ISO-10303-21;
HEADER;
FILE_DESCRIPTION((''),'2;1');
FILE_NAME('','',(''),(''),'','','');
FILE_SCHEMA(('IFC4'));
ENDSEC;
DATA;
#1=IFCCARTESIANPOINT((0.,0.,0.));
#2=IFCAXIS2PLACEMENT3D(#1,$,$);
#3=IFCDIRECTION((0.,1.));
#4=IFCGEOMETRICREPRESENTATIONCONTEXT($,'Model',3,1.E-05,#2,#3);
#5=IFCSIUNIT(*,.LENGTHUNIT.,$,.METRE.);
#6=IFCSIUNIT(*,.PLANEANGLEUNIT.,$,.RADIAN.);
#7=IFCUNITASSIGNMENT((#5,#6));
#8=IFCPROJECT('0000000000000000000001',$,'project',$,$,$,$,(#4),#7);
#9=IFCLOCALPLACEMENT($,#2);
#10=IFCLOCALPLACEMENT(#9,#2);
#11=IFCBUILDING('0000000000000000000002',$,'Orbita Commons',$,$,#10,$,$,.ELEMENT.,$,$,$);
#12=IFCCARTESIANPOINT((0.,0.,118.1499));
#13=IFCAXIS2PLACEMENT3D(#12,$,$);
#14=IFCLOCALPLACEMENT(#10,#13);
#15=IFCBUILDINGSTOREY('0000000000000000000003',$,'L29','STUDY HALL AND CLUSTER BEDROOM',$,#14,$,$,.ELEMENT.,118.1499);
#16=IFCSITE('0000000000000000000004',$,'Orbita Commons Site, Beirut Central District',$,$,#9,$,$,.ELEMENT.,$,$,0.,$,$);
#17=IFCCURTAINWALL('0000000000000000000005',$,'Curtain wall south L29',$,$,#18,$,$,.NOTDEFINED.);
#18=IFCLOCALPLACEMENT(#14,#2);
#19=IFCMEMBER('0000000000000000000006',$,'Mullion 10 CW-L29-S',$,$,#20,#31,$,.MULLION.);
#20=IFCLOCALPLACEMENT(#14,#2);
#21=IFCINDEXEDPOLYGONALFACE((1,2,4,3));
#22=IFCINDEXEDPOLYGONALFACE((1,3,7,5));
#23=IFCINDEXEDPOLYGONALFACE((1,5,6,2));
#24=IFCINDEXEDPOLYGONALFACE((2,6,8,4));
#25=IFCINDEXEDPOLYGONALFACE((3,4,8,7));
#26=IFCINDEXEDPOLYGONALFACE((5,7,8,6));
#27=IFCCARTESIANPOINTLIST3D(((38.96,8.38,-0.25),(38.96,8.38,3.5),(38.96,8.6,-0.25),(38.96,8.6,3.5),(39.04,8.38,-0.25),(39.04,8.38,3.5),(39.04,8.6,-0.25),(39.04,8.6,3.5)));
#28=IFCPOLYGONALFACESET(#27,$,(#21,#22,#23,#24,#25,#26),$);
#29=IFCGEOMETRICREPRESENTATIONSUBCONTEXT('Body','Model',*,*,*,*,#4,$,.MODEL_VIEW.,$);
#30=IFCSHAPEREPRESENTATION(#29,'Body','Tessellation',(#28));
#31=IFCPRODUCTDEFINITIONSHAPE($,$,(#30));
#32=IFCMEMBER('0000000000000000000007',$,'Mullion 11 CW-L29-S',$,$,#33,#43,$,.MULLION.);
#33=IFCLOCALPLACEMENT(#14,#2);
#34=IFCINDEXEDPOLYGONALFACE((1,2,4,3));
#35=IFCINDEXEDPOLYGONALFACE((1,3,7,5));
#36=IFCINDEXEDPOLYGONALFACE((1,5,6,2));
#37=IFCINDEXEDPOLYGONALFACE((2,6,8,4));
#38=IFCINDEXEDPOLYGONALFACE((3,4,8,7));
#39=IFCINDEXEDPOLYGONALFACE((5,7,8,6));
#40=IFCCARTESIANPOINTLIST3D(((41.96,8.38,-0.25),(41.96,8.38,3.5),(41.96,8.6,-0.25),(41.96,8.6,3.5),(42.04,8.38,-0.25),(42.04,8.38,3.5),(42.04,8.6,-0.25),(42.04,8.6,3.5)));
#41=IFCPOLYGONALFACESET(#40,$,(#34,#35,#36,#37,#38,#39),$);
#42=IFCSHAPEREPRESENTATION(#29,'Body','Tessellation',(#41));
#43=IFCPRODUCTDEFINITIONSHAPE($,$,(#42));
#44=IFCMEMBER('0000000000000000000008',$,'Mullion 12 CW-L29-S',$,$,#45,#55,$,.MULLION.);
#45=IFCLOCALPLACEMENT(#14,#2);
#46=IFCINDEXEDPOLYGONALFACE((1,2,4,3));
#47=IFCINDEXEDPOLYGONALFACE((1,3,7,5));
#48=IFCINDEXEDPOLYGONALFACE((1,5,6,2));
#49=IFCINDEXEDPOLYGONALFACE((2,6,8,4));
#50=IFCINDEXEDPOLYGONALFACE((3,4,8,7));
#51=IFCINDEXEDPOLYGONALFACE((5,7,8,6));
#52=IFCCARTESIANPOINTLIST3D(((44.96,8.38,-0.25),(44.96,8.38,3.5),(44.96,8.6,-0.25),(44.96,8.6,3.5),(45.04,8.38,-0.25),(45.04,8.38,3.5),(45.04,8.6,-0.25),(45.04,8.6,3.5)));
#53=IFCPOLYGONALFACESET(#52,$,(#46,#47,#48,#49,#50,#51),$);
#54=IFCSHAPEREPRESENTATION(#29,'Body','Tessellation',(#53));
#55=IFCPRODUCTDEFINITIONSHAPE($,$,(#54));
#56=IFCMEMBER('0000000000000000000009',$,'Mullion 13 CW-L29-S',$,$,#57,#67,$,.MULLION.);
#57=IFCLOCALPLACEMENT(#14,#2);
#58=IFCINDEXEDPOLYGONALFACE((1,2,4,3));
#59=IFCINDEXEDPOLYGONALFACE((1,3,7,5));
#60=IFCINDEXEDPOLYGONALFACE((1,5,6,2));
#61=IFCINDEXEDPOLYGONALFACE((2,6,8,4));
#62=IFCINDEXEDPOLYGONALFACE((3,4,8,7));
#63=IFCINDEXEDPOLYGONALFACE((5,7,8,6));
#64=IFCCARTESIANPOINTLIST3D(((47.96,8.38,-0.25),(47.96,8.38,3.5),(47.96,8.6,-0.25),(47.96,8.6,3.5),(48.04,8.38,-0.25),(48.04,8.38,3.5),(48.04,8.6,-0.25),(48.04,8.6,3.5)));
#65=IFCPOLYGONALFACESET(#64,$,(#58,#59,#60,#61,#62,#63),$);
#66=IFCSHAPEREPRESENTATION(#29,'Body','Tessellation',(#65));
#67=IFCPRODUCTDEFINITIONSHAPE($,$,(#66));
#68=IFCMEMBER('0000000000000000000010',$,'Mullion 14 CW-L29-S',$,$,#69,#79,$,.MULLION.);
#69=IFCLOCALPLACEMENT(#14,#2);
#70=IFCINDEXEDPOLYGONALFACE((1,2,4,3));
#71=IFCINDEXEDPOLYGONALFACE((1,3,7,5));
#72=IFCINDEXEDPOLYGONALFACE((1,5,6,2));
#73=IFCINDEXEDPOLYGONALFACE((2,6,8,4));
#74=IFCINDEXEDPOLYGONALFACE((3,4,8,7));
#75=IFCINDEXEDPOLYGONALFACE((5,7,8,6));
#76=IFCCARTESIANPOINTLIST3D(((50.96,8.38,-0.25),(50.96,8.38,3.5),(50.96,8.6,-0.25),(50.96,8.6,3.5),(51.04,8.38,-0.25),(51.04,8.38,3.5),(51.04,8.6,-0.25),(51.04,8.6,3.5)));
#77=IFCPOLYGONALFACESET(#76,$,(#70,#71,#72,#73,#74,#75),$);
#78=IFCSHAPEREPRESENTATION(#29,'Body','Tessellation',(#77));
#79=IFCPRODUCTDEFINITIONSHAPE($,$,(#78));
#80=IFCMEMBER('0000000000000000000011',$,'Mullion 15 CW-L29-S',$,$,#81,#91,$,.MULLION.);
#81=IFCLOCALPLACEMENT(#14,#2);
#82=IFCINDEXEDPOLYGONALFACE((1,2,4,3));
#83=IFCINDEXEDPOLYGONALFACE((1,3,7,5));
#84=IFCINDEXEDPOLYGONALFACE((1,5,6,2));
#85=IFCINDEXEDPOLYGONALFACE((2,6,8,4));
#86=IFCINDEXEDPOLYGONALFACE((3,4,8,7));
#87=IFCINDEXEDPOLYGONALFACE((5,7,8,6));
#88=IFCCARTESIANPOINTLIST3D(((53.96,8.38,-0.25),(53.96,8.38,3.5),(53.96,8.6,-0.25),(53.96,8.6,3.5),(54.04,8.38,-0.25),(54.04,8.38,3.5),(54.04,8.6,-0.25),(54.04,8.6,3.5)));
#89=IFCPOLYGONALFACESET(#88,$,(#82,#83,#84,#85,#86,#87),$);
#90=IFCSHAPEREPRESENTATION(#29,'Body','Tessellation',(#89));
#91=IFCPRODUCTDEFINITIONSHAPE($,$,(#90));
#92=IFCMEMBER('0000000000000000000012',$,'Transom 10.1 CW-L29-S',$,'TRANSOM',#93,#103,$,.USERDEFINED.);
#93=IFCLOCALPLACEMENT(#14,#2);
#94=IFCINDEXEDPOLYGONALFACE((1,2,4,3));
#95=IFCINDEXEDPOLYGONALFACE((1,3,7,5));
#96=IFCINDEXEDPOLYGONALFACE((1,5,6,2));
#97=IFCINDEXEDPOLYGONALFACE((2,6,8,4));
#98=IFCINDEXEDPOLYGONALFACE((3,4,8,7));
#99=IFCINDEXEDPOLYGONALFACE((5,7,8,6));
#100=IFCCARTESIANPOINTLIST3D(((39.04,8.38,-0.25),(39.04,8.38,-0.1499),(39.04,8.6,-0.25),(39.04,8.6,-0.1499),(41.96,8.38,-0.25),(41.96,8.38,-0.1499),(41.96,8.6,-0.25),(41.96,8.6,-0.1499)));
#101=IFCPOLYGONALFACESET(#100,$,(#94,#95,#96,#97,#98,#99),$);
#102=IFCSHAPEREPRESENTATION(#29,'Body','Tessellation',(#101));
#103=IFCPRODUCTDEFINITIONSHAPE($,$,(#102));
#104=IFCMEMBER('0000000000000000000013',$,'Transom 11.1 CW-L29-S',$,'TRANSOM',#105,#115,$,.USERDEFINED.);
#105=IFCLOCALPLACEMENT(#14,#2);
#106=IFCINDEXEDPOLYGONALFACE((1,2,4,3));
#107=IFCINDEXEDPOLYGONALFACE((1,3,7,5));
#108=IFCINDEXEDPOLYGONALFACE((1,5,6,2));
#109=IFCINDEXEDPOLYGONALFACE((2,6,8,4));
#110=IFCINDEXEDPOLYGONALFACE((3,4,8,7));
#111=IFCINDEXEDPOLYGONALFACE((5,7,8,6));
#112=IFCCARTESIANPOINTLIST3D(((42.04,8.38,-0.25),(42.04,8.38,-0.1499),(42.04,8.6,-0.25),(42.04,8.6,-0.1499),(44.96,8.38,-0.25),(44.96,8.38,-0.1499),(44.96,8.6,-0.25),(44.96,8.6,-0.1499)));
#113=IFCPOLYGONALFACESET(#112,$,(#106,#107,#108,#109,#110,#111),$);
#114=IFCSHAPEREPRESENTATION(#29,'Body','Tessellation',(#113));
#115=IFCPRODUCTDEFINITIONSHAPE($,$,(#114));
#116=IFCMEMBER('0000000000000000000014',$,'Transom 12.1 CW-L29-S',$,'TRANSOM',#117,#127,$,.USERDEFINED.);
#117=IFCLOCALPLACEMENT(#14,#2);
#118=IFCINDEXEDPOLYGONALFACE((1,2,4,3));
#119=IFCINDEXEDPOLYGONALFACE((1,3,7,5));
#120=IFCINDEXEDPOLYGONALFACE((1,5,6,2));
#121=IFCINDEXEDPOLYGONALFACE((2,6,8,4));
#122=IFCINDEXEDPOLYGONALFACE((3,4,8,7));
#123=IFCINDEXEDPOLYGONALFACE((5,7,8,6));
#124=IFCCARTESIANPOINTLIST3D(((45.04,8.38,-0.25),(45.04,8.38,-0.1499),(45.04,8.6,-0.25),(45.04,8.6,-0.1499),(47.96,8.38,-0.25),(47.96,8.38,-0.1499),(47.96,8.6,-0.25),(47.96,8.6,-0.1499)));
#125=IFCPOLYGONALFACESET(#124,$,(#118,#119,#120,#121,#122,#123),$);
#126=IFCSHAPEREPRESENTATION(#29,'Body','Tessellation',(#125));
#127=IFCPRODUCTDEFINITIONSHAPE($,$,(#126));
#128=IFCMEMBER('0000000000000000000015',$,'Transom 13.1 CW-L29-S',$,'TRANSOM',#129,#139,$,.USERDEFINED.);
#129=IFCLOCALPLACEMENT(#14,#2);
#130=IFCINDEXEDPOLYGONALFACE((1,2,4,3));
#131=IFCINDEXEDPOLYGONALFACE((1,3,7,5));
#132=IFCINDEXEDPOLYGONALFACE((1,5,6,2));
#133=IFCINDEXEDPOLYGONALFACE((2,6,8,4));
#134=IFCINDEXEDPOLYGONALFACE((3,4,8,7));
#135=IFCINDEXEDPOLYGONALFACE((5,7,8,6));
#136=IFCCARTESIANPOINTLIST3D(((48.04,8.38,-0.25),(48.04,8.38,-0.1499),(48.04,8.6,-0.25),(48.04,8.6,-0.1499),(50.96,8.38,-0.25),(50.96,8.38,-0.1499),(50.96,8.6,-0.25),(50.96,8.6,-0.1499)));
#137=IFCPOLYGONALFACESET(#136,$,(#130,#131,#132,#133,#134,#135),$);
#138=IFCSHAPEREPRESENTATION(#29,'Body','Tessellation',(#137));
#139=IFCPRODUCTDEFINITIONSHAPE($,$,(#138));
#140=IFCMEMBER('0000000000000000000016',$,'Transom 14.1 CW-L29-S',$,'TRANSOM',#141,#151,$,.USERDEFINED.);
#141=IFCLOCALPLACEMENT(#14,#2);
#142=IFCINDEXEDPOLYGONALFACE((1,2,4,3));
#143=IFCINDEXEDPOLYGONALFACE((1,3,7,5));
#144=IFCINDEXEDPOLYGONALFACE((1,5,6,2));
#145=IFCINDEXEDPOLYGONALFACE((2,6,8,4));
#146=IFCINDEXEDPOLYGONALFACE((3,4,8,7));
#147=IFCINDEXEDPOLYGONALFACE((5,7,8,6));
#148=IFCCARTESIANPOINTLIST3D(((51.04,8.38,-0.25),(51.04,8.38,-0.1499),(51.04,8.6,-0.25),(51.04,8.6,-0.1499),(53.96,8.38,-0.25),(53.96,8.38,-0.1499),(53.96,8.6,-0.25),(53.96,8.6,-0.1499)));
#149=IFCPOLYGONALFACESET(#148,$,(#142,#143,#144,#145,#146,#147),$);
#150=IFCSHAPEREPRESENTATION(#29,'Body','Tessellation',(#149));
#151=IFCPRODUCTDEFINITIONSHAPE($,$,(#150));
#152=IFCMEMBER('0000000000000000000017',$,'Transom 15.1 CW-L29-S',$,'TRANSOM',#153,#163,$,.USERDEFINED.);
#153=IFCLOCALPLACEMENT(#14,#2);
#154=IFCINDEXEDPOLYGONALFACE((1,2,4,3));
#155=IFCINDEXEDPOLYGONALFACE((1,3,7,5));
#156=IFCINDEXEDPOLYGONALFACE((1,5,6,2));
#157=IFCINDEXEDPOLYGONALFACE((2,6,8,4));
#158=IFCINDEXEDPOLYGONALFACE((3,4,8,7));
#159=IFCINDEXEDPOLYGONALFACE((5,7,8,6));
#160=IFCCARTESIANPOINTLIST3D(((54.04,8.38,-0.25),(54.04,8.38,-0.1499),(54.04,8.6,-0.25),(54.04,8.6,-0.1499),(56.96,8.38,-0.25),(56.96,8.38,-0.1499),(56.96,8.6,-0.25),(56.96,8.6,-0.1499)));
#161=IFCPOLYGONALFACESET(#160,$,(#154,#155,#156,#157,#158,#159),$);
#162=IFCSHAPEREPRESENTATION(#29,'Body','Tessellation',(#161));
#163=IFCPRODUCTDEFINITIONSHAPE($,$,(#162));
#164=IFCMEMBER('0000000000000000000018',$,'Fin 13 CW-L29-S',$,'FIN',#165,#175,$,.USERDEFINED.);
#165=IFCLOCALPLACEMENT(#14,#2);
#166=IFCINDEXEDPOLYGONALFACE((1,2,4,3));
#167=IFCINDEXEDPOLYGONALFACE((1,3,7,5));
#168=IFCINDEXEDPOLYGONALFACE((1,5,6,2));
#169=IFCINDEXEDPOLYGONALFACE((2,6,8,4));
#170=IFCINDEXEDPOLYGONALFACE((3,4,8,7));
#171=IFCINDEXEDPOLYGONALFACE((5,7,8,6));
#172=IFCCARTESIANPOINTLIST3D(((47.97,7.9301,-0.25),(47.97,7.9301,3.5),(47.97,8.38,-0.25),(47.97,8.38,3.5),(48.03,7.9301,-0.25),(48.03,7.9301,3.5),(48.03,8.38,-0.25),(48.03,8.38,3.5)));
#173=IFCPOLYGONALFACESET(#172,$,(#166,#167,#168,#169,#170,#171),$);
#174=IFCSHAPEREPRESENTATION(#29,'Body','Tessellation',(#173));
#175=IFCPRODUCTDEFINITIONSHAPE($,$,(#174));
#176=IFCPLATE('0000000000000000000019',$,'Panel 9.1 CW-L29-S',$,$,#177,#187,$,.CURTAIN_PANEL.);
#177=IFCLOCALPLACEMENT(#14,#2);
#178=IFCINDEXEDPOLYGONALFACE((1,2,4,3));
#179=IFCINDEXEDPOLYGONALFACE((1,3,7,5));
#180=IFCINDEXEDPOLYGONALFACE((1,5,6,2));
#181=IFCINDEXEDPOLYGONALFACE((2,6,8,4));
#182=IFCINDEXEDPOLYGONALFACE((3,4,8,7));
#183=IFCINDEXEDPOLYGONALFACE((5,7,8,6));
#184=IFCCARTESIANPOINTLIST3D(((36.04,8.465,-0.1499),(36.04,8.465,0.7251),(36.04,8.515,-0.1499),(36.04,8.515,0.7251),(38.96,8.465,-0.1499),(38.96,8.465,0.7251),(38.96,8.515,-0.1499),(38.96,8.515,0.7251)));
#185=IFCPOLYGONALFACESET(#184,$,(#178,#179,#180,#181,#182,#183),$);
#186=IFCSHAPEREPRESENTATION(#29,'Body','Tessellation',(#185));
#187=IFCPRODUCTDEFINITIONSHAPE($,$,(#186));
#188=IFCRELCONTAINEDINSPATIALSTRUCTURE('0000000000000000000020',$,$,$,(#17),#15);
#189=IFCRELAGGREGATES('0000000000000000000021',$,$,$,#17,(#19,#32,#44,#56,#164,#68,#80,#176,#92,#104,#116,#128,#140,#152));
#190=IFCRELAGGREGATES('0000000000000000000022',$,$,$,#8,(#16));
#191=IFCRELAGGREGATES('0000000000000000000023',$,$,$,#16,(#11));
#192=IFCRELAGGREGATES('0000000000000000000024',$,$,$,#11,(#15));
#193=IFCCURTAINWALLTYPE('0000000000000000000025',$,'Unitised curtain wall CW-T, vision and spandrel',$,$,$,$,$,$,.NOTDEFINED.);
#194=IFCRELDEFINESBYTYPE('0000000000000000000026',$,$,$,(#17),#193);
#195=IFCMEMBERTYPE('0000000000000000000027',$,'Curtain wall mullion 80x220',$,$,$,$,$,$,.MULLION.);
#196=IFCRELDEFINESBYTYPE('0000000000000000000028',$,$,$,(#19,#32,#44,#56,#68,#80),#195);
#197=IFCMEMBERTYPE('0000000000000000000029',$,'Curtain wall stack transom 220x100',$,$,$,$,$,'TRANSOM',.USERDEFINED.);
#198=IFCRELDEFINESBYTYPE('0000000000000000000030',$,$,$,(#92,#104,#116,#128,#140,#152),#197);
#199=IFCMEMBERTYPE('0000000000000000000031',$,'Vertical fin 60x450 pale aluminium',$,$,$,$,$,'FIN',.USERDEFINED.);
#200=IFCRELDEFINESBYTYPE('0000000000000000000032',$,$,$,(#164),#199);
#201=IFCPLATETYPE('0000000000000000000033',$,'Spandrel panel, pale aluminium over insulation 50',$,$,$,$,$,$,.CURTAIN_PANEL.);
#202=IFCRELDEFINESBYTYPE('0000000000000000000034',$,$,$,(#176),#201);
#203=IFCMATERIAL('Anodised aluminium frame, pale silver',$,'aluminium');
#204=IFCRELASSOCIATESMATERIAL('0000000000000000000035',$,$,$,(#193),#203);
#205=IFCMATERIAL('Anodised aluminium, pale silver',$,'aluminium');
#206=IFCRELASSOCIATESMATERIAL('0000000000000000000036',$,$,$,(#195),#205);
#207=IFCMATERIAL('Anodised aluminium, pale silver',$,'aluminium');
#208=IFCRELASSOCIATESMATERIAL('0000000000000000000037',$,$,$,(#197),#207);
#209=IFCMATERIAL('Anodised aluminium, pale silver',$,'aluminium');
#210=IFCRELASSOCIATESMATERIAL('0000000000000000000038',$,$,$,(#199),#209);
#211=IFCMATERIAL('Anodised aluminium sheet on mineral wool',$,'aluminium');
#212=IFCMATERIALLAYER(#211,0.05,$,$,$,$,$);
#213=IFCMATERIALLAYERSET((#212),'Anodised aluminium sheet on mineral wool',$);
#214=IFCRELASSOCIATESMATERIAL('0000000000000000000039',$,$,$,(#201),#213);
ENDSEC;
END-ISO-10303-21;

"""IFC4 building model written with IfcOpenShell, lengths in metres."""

from ifc_helpers import new_model, si_unit, direction, frame, origin, origin_2d, place, context, subcontext, project, spatial, rectangle, extrude, material, layer, layer_set, material_profile, profile_set, type_object, element, aggregate, save


model = new_model("IFC4")

# Units and contexts
model_context = context("Model", 3, precision=1e-05, world=origin(), true_north=direction((0.0, 1.0)))
body_context = subcontext(model_context, "Body", "Model", "MODEL_VIEW")
ifc_project = project(units=[si_unit("LENGTHUNIT", "METRE"), si_unit("PLANEANGLEUNIT", "RADIAN")], contexts=[model_context])

# Site, building, storey
site_placement = place(None, origin())
site = spatial("IfcSite", under=ifc_project, at=site_placement, Name="Orbita Commons Site, Beirut Central District", CompositionType="ELEMENT", RefElevation=0.0)
building_placement = place(site_placement, origin())
building = spatial("IfcBuilding", under=site, at=building_placement, Name="Orbita Commons", CompositionType="ELEMENT")
storey_placement = place(building_placement, frame((0.0, 0.0, 118.1499)))
storey = spatial("IfcBuildingStorey", under=building, at=storey_placement, Name="L29", Description="STUDY HALL AND CLUSTER BEDROOM", CompositionType="ELEMENT", Elevation=118.1499)

# Curtain wall, members, plate
ifc_material_1 = material(Name="Anodised aluminium frame, pale silver", Category="aluminium")
curtain_wall_type = type_object("IfcCurtainWallType", Name="Unitised curtain wall CW-T, vision and spandrel", PredefinedType="NOTDEFINED", material=ifc_material_1)
curtain_wall_placement = place(storey_placement, origin())
curtain_wall = element("IfcCurtainWall", 1, at=curtain_wall_placement, inside=storey, type_object=curtain_wall_type, Name="Curtain wall south L29", PredefinedType="NOTDEFINED")
ifc_material_2 = material(Name="Anodised aluminium, pale silver", Category="aluminium")
ifc_material_profile_1 = material_profile(ifc_material_2, rectangle(XDim=0.0801, YDim=0.22, at=origin_2d()), Name="AL 80x220")
ifc_profile_set_1 = profile_set([ifc_material_profile_1], Name="Anodised aluminium, pale silver")
member_type_1 = type_object("IfcMemberType", Name="Curtain wall mullion 80x220", PredefinedType="MULLION", material=ifc_profile_set_1)
member_1_placement = place(storey_placement, frame((39.0, 8.49, -0.25), z_axis=(0.0, 0.0, 1.0), x_axis=(1.0, 0.0, 0.0)))
member_1 = element("IfcMember", 2, at=member_1_placement, type_object=member_type_1, Name="Mullion 10 CW-L29-S", PredefinedType="MULLION", context=body_context, shape_type="SweptSolid", body=[
    extrude(rectangle(XDim=0.0801, YDim=0.22, at=origin_2d()), origin(), (0.0, 0.0, 1.0), 3.75),
])
member_2_placement = place(storey_placement, frame((42.0, 8.49, -0.25), z_axis=(0.0, 0.0, 1.0), x_axis=(1.0, 0.0, 0.0)))
member_2 = element("IfcMember", 3, at=member_2_placement, type_object=member_type_1, Name="Mullion 11 CW-L29-S", PredefinedType="MULLION", context=body_context, shape_type="SweptSolid", body=[
    extrude(rectangle(XDim=0.0801, YDim=0.22, at=origin_2d()), origin(), (0.0, 0.0, 1.0), 3.75),
])
member_3_placement = place(storey_placement, frame((45.0, 8.49, -0.25), z_axis=(0.0, 0.0, 1.0), x_axis=(1.0, 0.0, 0.0)))
member_3 = element("IfcMember", 4, at=member_3_placement, type_object=member_type_1, Name="Mullion 12 CW-L29-S", PredefinedType="MULLION", context=body_context, shape_type="SweptSolid", body=[
    extrude(rectangle(XDim=0.0801, YDim=0.22, at=origin_2d()), origin(), (0.0, 0.0, 1.0), 3.75),
])
member_4_placement = place(storey_placement, frame((48.0, 8.49, -0.25), z_axis=(0.0, 0.0, 1.0), x_axis=(1.0, 0.0, 0.0)))
member_4 = element("IfcMember", 5, at=member_4_placement, type_object=member_type_1, Name="Mullion 13 CW-L29-S", PredefinedType="MULLION", context=body_context, shape_type="SweptSolid", body=[
    extrude(rectangle(XDim=0.0801, YDim=0.22, at=origin_2d()), origin(), (0.0, 0.0, 1.0), 3.75),
])
member_5_placement = place(storey_placement, frame((51.0, 8.49, -0.25), z_axis=(0.0, 0.0, 1.0), x_axis=(1.0, 0.0, 0.0)))
member_5 = element("IfcMember", 6, at=member_5_placement, type_object=member_type_1, Name="Mullion 14 CW-L29-S", PredefinedType="MULLION", context=body_context, shape_type="SweptSolid", body=[
    extrude(rectangle(XDim=0.0801, YDim=0.22, at=origin_2d()), origin(), (0.0, 0.0, 1.0), 3.75),
])
member_6_placement = place(storey_placement, frame((54.0, 8.49, -0.25), z_axis=(0.0, 0.0, 1.0), x_axis=(1.0, 0.0, 0.0)))
member_6 = element("IfcMember", 7, at=member_6_placement, type_object=member_type_1, Name="Mullion 15 CW-L29-S", PredefinedType="MULLION", context=body_context, shape_type="SweptSolid", body=[
    extrude(rectangle(XDim=0.0801, YDim=0.22, at=origin_2d()), origin(), (0.0, 0.0, 1.0), 3.75),
])
ifc_material_3 = material(Name="Anodised aluminium, pale silver", Category="aluminium")
ifc_material_profile_2 = material_profile(ifc_material_3, rectangle(XDim=0.22, YDim=0.1001, at=origin_2d()), Name="AL 220x100")
ifc_profile_set_2 = profile_set([ifc_material_profile_2], Name="Anodised aluminium, pale silver")
member_type_2 = type_object("IfcMemberType", Name="Curtain wall stack transom 220x100", ElementType="TRANSOM", PredefinedType="USERDEFINED", material=ifc_profile_set_2)
member_7_placement = place(storey_placement, frame((39.04, 8.49, -0.2), z_axis=(1.0, 0.0, 0.0), x_axis=(0.0, 1.0, 0.0)))
member_7 = element("IfcMember", 8, at=member_7_placement, type_object=member_type_2, Name="Transom 10.1 CW-L29-S", ObjectType="TRANSOM", PredefinedType="USERDEFINED", context=body_context, shape_type="SweptSolid", body=[
    extrude(rectangle(XDim=0.22, YDim=0.1001, at=origin_2d()), origin(), (0.0, 0.0, 1.0), 2.9199),
])
member_8_placement = place(storey_placement, frame((42.04, 8.49, -0.2), z_axis=(1.0, 0.0, 0.0), x_axis=(0.0, 1.0, 0.0)))
member_8 = element("IfcMember", 9, at=member_8_placement, type_object=member_type_2, Name="Transom 11.1 CW-L29-S", ObjectType="TRANSOM", PredefinedType="USERDEFINED", context=body_context, shape_type="SweptSolid", body=[
    extrude(rectangle(XDim=0.22, YDim=0.1001, at=origin_2d()), origin(), (0.0, 0.0, 1.0), 2.9199),
])
member_9_placement = place(storey_placement, frame((45.04, 8.49, -0.2), z_axis=(1.0, 0.0, 0.0), x_axis=(0.0, 1.0, 0.0)))
member_9 = element("IfcMember", 10, at=member_9_placement, type_object=member_type_2, Name="Transom 12.1 CW-L29-S", ObjectType="TRANSOM", PredefinedType="USERDEFINED", context=body_context, shape_type="SweptSolid", body=[
    extrude(rectangle(XDim=0.22, YDim=0.1001, at=origin_2d()), origin(), (0.0, 0.0, 1.0), 2.9199),
])
member_10_placement = place(storey_placement, frame((48.04, 8.49, -0.2), z_axis=(1.0, 0.0, 0.0), x_axis=(0.0, 1.0, 0.0)))
member_10 = element("IfcMember", 11, at=member_10_placement, type_object=member_type_2, Name="Transom 13.1 CW-L29-S", ObjectType="TRANSOM", PredefinedType="USERDEFINED", context=body_context, shape_type="SweptSolid", body=[
    extrude(rectangle(XDim=0.22, YDim=0.1001, at=origin_2d()), origin(), (0.0, 0.0, 1.0), 2.9199),
])
member_11_placement = place(storey_placement, frame((51.04, 8.49, -0.2), z_axis=(1.0, 0.0, 0.0), x_axis=(0.0, 1.0, 0.0)))
member_11 = element("IfcMember", 12, at=member_11_placement, type_object=member_type_2, Name="Transom 14.1 CW-L29-S", ObjectType="TRANSOM", PredefinedType="USERDEFINED", context=body_context, shape_type="SweptSolid", body=[
    extrude(rectangle(XDim=0.22, YDim=0.1001, at=origin_2d()), origin(), (0.0, 0.0, 1.0), 2.9199),
])
member_12_placement = place(storey_placement, frame((54.04, 8.49, -0.2), z_axis=(1.0, 0.0, 0.0), x_axis=(0.0, 1.0, 0.0)))
member_12 = element("IfcMember", 13, at=member_12_placement, type_object=member_type_2, Name="Transom 15.1 CW-L29-S", ObjectType="TRANSOM", PredefinedType="USERDEFINED", context=body_context, shape_type="SweptSolid", body=[
    extrude(rectangle(XDim=0.22, YDim=0.1001, at=origin_2d()), origin(), (0.0, 0.0, 1.0), 2.9199),
])
ifc_material_4 = material(Name="Anodised aluminium, pale silver", Category="aluminium")
ifc_material_profile_3 = material_profile(ifc_material_4, rectangle(XDim=0.0601, YDim=0.45, at=origin_2d()), Name="FIN 60x450")
ifc_profile_set_3 = profile_set([ifc_material_profile_3], Name="Anodised aluminium, pale silver")
member_type_3 = type_object("IfcMemberType", Name="Vertical fin 60x450 pale aluminium", ElementType="FIN", PredefinedType="USERDEFINED", material=ifc_profile_set_3)
member_13_placement = place(storey_placement, frame((48.0, 8.155, -0.25), z_axis=(0.0, 0.0, 1.0), x_axis=(1.0, 0.0, 0.0)))
member_13 = element("IfcMember", 14, at=member_13_placement, type_object=member_type_3, Name="Fin 13 CW-L29-S", ObjectType="FIN", PredefinedType="USERDEFINED", context=body_context, shape_type="SweptSolid", body=[
    extrude(rectangle(XDim=0.0601, YDim=0.45, at=origin_2d()), origin(), (0.0, 0.0, 1.0), 3.75),
])
ifc_material_5 = material(Name="Anodised aluminium sheet on mineral wool", Category="aluminium")
ifc_layer_1 = layer(ifc_material_5, 0.05)
ifc_layer_set_1 = layer_set([ifc_layer_1], Name="Anodised aluminium sheet on mineral wool")
plate_type_1 = type_object("IfcPlateType", Name="Spandrel panel, pale aluminium over insulation 50", PredefinedType="CURTAIN_PANEL", material=ifc_layer_set_1)
plate_1_placement = place(storey_placement, frame((37.5, 8.49, -0.1499), z_axis=(0.0, 0.0, 1.0), x_axis=(1.0, 0.0, 0.0)))
plate_1 = element("IfcPlate", 15, at=plate_1_placement, type_object=plate_type_1, Name="Panel 9.1 CW-L29-S", PredefinedType="CURTAIN_PANEL", context=body_context, shape_type="SweptSolid", body=[
    extrude(rectangle(XDim=2.9199, YDim=0.05, at=origin_2d()), origin(), (0.0, 0.0, 1.0), 0.875),
])
aggregate(curtain_wall, [member_1, member_2, member_3, member_4, member_13, member_5, member_6, plate_1, member_7, member_8, member_9, member_10, member_11, member_12])

save(model, "model.ifc")
